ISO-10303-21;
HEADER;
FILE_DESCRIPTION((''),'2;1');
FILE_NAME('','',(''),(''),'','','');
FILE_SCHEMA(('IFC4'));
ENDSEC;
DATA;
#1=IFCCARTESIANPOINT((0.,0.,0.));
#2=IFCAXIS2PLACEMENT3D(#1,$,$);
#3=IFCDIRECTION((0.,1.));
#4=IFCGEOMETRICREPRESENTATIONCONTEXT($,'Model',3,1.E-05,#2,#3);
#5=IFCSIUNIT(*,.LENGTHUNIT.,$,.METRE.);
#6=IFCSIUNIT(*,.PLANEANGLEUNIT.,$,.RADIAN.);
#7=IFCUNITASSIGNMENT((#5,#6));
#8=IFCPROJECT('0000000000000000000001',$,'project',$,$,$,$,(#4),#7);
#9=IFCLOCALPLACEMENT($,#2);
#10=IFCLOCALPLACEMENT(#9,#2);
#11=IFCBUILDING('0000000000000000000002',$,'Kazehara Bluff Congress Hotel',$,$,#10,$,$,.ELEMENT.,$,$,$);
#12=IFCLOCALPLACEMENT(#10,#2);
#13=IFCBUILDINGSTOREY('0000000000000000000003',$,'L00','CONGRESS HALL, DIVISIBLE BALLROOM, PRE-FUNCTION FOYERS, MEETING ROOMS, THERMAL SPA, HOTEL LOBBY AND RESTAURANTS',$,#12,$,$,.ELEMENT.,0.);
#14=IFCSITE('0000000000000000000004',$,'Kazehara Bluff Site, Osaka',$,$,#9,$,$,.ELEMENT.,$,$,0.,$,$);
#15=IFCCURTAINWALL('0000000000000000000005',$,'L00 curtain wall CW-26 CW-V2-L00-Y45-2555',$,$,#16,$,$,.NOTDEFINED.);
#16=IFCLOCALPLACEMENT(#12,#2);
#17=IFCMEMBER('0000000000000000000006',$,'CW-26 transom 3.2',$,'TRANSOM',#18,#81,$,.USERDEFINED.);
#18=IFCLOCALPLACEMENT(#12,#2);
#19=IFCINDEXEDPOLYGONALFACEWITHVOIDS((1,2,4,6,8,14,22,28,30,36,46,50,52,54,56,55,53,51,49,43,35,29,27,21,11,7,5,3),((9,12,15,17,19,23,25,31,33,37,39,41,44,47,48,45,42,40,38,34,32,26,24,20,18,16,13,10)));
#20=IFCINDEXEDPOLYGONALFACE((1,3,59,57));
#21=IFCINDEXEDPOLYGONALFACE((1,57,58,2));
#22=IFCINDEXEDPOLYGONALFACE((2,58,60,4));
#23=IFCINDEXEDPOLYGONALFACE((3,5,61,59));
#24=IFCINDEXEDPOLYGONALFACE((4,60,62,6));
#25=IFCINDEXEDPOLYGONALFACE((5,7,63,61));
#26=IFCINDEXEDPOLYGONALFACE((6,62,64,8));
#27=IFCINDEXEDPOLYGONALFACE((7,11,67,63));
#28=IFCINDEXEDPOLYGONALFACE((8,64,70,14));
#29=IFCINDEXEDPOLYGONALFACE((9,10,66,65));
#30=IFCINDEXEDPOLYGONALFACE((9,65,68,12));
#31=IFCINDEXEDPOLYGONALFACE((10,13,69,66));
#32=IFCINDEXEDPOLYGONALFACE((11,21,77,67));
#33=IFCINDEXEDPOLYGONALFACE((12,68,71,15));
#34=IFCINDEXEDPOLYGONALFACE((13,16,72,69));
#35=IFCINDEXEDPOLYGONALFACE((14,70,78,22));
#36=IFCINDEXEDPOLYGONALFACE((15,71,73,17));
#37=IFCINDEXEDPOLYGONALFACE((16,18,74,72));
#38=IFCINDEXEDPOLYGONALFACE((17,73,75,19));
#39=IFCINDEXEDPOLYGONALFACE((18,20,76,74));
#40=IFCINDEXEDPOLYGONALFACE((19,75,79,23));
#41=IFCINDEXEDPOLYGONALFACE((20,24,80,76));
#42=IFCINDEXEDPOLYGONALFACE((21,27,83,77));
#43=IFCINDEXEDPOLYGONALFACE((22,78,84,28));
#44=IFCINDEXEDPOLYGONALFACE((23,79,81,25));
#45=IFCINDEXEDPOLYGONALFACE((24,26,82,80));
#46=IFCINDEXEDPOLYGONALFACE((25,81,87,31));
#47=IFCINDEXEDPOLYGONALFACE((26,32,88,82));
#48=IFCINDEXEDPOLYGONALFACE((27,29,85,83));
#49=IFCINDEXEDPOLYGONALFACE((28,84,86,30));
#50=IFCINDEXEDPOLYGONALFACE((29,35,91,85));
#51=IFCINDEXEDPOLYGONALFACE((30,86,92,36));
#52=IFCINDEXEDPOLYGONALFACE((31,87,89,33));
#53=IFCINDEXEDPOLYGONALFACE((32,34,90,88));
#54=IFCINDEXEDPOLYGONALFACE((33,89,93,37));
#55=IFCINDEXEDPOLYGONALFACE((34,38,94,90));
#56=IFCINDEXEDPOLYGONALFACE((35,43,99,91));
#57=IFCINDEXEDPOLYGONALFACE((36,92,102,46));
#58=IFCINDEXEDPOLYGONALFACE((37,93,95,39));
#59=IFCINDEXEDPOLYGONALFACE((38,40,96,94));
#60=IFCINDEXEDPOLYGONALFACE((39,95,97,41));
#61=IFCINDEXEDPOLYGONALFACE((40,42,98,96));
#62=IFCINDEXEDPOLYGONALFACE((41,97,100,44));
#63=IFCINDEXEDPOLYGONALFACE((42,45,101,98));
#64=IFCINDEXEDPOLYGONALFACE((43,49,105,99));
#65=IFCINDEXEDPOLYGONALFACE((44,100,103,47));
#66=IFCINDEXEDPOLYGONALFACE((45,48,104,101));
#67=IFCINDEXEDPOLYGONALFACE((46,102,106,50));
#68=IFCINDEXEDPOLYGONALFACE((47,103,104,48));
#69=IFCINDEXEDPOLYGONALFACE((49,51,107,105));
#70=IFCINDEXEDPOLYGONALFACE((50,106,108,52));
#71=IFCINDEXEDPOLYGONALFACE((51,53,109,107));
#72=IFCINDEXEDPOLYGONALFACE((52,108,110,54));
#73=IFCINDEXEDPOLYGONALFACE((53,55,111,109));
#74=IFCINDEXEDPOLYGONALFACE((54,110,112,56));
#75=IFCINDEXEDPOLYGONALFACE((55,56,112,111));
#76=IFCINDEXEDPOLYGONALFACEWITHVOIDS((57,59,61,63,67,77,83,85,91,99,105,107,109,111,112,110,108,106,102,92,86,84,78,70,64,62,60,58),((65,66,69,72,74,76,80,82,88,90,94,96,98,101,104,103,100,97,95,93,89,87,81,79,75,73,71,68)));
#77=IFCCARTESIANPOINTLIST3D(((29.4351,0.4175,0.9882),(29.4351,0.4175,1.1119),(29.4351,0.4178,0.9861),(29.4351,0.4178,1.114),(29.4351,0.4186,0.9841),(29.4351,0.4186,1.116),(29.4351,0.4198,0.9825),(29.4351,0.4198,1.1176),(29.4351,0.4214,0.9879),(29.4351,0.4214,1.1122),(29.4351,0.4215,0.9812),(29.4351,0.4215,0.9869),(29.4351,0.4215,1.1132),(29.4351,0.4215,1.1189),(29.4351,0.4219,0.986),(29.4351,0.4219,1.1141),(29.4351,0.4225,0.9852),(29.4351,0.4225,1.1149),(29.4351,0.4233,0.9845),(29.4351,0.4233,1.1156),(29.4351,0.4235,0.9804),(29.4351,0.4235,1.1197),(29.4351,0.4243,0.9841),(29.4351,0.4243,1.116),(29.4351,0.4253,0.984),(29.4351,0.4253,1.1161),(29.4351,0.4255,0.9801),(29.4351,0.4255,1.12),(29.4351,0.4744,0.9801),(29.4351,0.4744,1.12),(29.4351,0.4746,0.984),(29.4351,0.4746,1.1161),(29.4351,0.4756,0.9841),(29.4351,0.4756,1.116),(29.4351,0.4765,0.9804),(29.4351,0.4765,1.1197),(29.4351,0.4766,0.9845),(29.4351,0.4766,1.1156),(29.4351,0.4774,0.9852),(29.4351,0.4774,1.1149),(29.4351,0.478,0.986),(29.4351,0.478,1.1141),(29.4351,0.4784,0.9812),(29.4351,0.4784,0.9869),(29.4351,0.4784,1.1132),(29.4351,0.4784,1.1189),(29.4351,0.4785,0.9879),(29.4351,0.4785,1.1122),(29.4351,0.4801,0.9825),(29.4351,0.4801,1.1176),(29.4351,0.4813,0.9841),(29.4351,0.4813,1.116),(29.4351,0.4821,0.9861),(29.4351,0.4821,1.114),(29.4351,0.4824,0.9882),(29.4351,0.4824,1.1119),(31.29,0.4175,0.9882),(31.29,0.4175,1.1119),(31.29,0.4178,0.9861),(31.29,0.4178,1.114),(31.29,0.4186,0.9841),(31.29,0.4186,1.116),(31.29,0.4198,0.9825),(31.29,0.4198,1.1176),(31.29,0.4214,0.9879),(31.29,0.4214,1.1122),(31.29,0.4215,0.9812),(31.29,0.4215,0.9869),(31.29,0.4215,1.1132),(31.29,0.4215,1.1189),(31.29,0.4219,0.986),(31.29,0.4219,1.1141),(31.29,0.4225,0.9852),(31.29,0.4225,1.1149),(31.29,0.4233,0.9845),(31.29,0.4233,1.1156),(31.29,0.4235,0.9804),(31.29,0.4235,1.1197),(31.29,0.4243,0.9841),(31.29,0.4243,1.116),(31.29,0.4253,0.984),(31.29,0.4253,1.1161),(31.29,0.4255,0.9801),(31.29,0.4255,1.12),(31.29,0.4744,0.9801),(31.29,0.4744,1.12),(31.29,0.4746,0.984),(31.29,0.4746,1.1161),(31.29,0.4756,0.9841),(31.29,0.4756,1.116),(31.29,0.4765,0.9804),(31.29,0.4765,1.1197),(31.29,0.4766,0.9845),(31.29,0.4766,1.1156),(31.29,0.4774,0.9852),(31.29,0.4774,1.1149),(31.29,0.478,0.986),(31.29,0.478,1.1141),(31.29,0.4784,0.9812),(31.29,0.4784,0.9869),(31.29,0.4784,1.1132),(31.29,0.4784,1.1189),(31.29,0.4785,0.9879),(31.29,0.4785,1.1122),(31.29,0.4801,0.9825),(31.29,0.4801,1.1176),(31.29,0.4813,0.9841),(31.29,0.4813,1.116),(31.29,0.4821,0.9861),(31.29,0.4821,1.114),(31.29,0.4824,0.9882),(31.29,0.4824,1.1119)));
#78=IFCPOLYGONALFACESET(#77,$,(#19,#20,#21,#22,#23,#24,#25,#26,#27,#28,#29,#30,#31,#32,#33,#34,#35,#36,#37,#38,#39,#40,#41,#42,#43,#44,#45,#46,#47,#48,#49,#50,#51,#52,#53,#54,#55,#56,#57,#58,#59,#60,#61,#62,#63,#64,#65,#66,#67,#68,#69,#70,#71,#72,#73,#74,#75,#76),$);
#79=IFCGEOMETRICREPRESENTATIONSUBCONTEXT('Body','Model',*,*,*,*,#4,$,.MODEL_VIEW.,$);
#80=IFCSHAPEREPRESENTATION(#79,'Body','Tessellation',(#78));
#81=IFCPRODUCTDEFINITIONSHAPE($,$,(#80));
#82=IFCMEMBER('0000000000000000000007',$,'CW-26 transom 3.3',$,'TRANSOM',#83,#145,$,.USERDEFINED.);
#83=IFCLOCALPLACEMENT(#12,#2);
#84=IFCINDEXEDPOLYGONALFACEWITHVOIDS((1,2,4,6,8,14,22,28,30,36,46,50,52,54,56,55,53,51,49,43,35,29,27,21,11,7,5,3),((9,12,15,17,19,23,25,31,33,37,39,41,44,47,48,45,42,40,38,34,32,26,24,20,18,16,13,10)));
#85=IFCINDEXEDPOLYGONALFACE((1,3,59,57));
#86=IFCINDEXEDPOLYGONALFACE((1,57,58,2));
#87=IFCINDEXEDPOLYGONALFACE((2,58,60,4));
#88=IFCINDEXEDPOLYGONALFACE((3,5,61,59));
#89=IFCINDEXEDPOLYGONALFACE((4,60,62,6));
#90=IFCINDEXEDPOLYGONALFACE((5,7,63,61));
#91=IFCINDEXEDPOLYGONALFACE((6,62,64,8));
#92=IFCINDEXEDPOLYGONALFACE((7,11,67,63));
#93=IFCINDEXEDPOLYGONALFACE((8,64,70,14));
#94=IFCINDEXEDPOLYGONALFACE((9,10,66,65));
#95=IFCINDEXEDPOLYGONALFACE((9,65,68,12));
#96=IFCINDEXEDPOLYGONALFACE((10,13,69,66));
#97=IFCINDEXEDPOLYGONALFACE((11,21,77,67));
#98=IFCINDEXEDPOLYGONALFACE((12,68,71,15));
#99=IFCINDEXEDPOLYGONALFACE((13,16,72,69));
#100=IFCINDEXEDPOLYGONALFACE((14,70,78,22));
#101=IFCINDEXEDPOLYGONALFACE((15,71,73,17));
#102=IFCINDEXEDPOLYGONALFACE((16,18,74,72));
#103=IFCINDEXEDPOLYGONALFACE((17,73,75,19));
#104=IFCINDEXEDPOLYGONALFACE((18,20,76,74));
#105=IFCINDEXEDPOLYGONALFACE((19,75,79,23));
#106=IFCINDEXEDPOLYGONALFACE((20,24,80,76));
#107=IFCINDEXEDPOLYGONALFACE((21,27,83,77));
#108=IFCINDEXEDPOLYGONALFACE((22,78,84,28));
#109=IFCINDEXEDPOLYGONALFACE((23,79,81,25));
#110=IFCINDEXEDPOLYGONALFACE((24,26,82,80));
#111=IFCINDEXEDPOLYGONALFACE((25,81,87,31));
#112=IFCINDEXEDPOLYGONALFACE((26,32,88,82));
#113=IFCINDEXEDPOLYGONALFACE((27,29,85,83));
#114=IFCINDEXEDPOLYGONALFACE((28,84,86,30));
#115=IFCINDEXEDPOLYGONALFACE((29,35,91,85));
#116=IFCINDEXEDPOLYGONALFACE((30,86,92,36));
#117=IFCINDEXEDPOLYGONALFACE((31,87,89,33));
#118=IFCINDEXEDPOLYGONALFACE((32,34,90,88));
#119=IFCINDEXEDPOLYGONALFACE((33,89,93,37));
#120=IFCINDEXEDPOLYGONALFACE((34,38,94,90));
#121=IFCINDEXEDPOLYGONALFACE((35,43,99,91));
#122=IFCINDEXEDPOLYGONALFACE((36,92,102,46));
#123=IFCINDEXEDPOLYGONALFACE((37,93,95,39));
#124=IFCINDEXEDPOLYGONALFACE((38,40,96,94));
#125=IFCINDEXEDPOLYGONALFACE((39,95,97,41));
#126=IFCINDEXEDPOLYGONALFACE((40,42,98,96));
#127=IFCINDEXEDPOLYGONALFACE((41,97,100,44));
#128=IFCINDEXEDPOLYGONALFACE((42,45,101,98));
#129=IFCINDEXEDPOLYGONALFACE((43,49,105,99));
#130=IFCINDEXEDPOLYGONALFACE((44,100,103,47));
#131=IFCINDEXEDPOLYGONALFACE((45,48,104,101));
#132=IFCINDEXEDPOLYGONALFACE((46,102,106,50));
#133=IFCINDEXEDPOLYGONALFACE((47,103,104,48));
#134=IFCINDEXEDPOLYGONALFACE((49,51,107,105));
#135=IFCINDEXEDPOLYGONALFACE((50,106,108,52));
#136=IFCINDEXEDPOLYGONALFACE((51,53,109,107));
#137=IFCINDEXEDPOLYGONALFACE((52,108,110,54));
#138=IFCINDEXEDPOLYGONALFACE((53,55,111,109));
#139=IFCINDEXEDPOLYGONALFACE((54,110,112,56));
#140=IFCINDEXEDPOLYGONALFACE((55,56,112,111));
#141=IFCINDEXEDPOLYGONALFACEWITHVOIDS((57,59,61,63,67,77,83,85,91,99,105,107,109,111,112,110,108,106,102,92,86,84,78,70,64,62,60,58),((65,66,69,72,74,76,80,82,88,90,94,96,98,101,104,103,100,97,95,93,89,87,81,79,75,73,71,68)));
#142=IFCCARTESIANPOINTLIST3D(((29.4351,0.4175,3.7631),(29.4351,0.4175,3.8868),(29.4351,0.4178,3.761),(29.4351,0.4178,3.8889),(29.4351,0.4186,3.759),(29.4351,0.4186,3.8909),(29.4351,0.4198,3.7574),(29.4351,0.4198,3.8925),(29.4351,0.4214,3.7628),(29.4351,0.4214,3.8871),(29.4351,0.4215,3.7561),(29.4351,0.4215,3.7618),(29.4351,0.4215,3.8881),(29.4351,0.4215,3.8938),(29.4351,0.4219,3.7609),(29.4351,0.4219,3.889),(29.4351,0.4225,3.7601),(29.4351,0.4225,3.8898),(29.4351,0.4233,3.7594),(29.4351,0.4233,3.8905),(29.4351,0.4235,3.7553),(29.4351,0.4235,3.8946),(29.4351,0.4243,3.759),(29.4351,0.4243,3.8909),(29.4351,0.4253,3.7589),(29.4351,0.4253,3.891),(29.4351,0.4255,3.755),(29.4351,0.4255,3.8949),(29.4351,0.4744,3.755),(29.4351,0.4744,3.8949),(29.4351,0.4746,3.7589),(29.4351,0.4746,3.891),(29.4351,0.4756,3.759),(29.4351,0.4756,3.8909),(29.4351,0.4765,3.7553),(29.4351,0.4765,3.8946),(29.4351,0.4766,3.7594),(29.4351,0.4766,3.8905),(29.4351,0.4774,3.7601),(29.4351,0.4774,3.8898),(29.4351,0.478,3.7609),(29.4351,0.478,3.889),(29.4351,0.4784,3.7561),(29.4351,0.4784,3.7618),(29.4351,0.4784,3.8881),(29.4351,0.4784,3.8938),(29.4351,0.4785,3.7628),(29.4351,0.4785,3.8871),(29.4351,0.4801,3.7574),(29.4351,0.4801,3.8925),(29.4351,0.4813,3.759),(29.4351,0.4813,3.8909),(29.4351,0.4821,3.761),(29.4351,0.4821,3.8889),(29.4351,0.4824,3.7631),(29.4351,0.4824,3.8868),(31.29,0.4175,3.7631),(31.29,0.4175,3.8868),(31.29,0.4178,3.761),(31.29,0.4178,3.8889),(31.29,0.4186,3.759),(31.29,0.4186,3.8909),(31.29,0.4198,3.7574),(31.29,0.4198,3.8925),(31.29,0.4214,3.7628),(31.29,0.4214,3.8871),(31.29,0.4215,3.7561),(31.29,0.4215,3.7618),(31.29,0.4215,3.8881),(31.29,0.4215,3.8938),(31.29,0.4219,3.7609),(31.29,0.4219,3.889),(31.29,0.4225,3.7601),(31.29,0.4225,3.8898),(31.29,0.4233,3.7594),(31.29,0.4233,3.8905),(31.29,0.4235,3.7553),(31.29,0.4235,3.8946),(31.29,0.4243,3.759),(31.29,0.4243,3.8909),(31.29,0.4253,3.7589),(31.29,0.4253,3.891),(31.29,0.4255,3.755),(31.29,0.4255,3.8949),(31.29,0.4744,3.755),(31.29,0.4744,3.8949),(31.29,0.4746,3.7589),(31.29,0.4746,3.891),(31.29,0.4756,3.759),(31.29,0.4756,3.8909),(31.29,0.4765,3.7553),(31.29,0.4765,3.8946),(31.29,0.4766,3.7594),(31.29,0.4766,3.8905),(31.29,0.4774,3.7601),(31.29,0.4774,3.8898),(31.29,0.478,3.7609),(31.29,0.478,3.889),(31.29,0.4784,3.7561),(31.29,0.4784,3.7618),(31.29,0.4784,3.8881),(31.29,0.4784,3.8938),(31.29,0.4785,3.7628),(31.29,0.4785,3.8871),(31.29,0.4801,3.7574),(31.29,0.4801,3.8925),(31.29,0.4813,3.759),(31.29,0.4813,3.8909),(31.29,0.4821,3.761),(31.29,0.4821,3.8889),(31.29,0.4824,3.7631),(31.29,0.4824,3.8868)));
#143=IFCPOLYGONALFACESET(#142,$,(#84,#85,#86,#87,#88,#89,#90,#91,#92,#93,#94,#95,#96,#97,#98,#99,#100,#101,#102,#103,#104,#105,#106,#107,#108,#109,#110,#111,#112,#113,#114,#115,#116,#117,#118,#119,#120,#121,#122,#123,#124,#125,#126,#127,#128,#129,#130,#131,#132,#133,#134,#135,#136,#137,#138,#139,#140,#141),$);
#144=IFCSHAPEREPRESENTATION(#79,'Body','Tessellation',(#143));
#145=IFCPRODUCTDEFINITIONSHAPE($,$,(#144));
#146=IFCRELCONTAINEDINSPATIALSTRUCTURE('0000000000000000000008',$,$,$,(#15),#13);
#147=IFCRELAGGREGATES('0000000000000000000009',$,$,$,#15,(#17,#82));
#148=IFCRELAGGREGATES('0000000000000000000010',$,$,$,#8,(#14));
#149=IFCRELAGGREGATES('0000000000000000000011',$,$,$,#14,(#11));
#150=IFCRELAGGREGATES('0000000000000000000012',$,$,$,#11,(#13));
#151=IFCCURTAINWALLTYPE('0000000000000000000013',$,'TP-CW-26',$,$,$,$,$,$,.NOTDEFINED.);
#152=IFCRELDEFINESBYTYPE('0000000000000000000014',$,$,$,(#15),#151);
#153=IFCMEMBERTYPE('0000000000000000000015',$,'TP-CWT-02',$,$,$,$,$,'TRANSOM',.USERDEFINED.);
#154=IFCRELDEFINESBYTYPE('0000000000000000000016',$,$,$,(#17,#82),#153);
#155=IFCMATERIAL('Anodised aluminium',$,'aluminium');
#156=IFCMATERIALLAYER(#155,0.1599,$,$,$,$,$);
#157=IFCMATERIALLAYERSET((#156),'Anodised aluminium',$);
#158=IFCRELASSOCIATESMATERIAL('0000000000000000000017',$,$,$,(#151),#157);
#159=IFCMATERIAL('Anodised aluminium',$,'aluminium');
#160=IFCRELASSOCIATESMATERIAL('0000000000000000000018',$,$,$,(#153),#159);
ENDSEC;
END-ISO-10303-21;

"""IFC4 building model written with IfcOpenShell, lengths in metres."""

from ifc_helpers import new_model, si_unit, direction, frame, origin, origin_2d, place, context, subcontext, project, spatial, hollow_rectangle, extrude, material, layer, layer_set, material_profile, profile_set, type_object, element, aggregate, save


model = new_model("IFC4")

# Units and contexts
model_context = context("Model", 3, precision=1e-05, world=origin(), true_north=direction((0.0, 1.0)))
body_context = subcontext(model_context, "Body", "Model", "MODEL_VIEW")
ifc_project = project(units=[si_unit("LENGTHUNIT", "METRE"), si_unit("PLANEANGLEUNIT", "RADIAN")], contexts=[model_context])

# Site, building, storey
site_placement = place(None, origin())
site = spatial("IfcSite", under=ifc_project, at=site_placement, Name="Kazehara Bluff Site, Osaka", CompositionType="ELEMENT", RefElevation=0.0)
building_placement = place(site_placement, origin())
building = spatial("IfcBuilding", under=site, at=building_placement, Name="Kazehara Bluff Congress Hotel", CompositionType="ELEMENT")
storey_placement = place(building_placement, origin())
storey = spatial("IfcBuildingStorey", under=building, at=storey_placement, Name="L00", Description="CONGRESS HALL, DIVISIBLE BALLROOM, PRE-FUNCTION FOYERS, MEETING ROOMS, THERMAL SPA, HOTEL LOBBY AND RESTAURANTS", CompositionType="ELEMENT", Elevation=0.0)

# Curtain wall, members
ifc_material_1 = material(Name="Anodised aluminium", Category="aluminium")
ifc_layer_1 = layer(ifc_material_1, 0.1599)
ifc_layer_set_1 = layer_set([ifc_layer_1], Name="Anodised aluminium")
curtain_wall_type = type_object("IfcCurtainWallType", Name="TP-CW-26", PredefinedType="NOTDEFINED", material=ifc_layer_set_1)
curtain_wall_placement = place(storey_placement, origin())
curtain_wall = element("IfcCurtainWall", 1, at=curtain_wall_placement, inside=storey, type_object=curtain_wall_type, Name="L00 curtain wall CW-26 CW-V2-L00-Y45-2555", PredefinedType="NOTDEFINED")
ifc_material_2 = material(Name="Anodised aluminium", Category="aluminium")
ifc_material_profile_1 = material_profile(ifc_material_2, hollow_rectangle(XDim=0.0649, YDim=0.1399, WallThickness=0.0039, InnerFilletRadius=0.0039, OuterFilletRadius=0.0081, at=origin_2d()))
ifc_profile_set_1 = profile_set([ifc_material_profile_1], Name="Anodised aluminium")
member_type_1 = type_object("IfcMemberType", Name="TP-CWT-02", ElementType="TRANSOM", PredefinedType="USERDEFINED", material=ifc_profile_set_1)
member_1_placement = place(storey_placement, frame((29.4351, 0.45, 1.05), z_axis=(1.0, 0.0, 0.0), x_axis=(0.0, 1.0, 0.0)))
member_1 = element("IfcMember", 2, at=member_1_placement, type_object=member_type_1, Name="CW-26 transom 3.2", ObjectType="TRANSOM", PredefinedType="USERDEFINED", context=body_context, shape_type="SweptSolid", body=[
    extrude(hollow_rectangle(XDim=0.0649, YDim=0.1399, WallThickness=0.0039, InnerFilletRadius=0.0039, OuterFilletRadius=0.0081, at=origin_2d()), origin(), (0.0, 0.0, 1.0), 1.855),
])
member_2_placement = place(storey_placement, frame((29.4351, 0.45, 3.825), z_axis=(1.0, 0.0, 0.0), x_axis=(0.0, 1.0, 0.0)))
member_2 = element("IfcMember", 3, at=member_2_placement, type_object=member_type_1, Name="CW-26 transom 3.3", ObjectType="TRANSOM", PredefinedType="USERDEFINED", context=body_context, shape_type="SweptSolid", body=[
    extrude(hollow_rectangle(XDim=0.0649, YDim=0.1399, WallThickness=0.0039, InnerFilletRadius=0.0039, OuterFilletRadius=0.0081, at=origin_2d()), origin(), (0.0, 0.0, 1.0), 1.855),
])
aggregate(curtain_wall, [member_1, member_2])

save(model, "model.ifc")
